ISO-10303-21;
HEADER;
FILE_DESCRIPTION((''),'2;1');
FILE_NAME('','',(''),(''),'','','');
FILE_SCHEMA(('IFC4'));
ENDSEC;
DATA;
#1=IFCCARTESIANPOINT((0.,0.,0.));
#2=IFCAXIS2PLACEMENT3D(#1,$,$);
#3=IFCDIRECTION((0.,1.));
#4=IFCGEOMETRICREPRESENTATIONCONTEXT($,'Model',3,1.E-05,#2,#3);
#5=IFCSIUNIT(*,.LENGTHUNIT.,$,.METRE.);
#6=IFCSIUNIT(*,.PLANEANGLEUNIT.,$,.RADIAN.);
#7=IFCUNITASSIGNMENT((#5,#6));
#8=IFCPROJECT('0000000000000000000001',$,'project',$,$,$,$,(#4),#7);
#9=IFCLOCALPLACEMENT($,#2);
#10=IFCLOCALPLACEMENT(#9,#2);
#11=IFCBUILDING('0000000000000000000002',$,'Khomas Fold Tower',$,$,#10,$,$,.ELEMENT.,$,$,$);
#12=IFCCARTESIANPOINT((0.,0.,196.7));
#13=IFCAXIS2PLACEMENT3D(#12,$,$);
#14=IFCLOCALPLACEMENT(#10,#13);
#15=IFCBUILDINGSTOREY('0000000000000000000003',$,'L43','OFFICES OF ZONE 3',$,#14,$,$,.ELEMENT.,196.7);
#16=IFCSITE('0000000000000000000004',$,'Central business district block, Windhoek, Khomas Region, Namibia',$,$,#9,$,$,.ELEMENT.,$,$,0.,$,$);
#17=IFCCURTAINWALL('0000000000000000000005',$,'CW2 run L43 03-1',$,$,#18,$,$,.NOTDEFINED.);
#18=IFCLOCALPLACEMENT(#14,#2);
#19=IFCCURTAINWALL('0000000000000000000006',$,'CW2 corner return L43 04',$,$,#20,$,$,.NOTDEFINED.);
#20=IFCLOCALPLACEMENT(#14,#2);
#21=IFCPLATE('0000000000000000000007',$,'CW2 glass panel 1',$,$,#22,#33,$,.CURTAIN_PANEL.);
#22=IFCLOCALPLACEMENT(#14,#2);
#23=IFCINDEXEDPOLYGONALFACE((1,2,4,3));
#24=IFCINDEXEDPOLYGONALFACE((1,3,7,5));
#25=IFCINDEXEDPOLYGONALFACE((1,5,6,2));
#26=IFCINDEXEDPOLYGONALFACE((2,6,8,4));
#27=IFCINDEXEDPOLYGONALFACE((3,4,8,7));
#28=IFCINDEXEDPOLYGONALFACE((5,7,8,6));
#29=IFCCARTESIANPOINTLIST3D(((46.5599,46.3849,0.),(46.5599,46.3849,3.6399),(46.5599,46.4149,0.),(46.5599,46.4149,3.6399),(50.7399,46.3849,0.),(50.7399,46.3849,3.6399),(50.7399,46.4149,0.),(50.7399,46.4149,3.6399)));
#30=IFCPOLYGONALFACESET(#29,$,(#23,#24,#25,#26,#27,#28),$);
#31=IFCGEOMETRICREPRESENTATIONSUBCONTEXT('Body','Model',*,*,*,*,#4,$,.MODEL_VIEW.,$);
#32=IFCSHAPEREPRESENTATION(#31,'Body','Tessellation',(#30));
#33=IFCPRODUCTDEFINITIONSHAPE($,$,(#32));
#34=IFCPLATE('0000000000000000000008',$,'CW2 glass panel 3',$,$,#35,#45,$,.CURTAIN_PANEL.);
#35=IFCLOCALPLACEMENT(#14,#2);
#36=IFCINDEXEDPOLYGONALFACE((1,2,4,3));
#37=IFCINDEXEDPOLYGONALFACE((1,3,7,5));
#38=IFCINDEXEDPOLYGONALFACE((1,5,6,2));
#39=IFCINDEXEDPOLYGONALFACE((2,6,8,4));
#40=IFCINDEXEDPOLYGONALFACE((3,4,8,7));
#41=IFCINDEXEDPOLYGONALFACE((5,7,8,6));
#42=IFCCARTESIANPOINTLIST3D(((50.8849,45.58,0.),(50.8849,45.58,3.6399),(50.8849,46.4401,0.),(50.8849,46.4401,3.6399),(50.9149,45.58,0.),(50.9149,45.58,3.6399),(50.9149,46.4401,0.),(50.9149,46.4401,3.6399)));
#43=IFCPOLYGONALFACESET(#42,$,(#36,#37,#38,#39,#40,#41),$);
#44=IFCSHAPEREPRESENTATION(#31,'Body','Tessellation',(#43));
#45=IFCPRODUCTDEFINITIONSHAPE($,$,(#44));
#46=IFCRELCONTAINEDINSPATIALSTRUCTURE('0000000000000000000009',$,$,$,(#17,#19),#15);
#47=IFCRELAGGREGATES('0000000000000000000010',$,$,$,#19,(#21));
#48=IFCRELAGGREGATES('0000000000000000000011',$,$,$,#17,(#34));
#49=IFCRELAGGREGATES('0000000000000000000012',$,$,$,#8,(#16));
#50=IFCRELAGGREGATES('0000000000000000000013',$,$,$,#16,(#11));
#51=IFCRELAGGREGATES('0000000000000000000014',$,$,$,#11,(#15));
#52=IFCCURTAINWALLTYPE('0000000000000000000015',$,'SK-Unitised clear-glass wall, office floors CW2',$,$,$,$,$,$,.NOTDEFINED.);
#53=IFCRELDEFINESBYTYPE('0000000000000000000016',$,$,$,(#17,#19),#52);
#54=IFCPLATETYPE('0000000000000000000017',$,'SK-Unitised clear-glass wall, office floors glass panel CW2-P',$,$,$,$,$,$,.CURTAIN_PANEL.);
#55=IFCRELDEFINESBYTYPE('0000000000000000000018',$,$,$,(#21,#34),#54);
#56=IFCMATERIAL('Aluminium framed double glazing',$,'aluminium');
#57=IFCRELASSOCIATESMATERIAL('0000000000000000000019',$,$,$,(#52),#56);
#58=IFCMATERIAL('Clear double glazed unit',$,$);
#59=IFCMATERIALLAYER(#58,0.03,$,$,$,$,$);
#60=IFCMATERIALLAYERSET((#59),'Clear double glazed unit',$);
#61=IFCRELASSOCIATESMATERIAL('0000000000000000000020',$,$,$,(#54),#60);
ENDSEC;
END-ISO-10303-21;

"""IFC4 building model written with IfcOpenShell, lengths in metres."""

from ifc_helpers import new_model, si_unit, direction, frame, origin, origin_2d, place, context, subcontext, project, spatial, rectangle, extrude, source, transform, mapped, material, layer, layer_set, type_object, element, aggregate, save


model = new_model("IFC4")

# Units and contexts
model_context = context("Model", 3, precision=1e-05, world=origin(), true_north=direction((0.0, 1.0)))
body_context = subcontext(model_context, "Body", "Model", "MODEL_VIEW")
ifc_project = project(units=[si_unit("LENGTHUNIT", "METRE"), si_unit("PLANEANGLEUNIT", "RADIAN")], contexts=[model_context])

# Site, building, storey
site_placement = place(None, origin())
site = spatial("IfcSite", under=ifc_project, at=site_placement, Name="Central business district block, Windhoek, Khomas Region, Namibia", CompositionType="ELEMENT", RefElevation=0.0)
building_placement = place(site_placement, origin())
building = spatial("IfcBuilding", under=site, at=building_placement, Name="Khomas Fold Tower", CompositionType="ELEMENT")
storey_placement = place(building_placement, frame((0.0, 0.0, 196.7)))
storey = spatial("IfcBuildingStorey", under=building, at=storey_placement, Name="L43", Description="OFFICES OF ZONE 3", CompositionType="ELEMENT", Elevation=196.7)

# Curtain walls
ifc_material_1 = material(Name="Aluminium framed double glazing", Category="aluminium")
curtain_wall_type = type_object("IfcCurtainWallType", Name="SK-Unitised clear-glass wall, office floors CW2", PredefinedType="NOTDEFINED", material=ifc_material_1)
curtain_wall_1_placement = place(storey_placement, origin())
curtain_wall_1 = element("IfcCurtainWall", 1, at=curtain_wall_1_placement, inside=storey, type_object=curtain_wall_type, Name="CW2 run L43 03-1", PredefinedType="NOTDEFINED")
curtain_wall_2_placement = place(storey_placement, origin())
curtain_wall_2 = element("IfcCurtainWall", 2, at=curtain_wall_2_placement, inside=storey, type_object=curtain_wall_type, Name="CW2 corner return L43 04", PredefinedType="NOTDEFINED")

# Plates
ifc_material_2 = material(Name="Clear double glazed unit")
ifc_layer = layer(ifc_material_2, 0.03)
ifc_layer_set = layer_set([ifc_layer], Name="Clear double glazed unit")
plate_type = type_object("IfcPlateType", Name="SK-Unitised clear-glass wall, office floors glass panel CW2-P", PredefinedType="CURTAIN_PANEL", material=ifc_layer_set)
shared_shape_1 = source(origin(), body_context, "Body", "SweptSolid", [
    extrude(rectangle(XDim=4.1799, YDim=0.03, at=origin_2d()), origin(), (0.0, 0.0, 1.0), 3.6399),
])
plate_1_placement = place(storey_placement, frame((48.6499, 46.3999, 0.0), z_axis=(0.0, 0.0, 1.0), x_axis=(-1.0, 0.0, 0.0)))
plate_1 = element("IfcPlate", 3, at=plate_1_placement, type_object=plate_type, Name="CW2 glass panel 1", PredefinedType="CURTAIN_PANEL", context=body_context, shape_type="MappedRepresentation", body=[
    mapped(shared_shape_1, transform((0.0, 0.0, 0.0))),
])
aggregate(curtain_wall_2, [plate_1])
shared_shape_2 = source(origin(), body_context, "Body", "SweptSolid", [
    extrude(rectangle(XDim=0.8601, YDim=0.03, at=origin_2d()), origin(), (0.0, 0.0, 1.0), 3.6399),
])
plate_2_placement = place(storey_placement, frame((50.8999, 46.01, 0.0), z_axis=(0.0, 0.0, 1.0), x_axis=(0.0, 1.0, 0.0)))
plate_2 = element("IfcPlate", 4, at=plate_2_placement, type_object=plate_type, Name="CW2 glass panel 3", PredefinedType="CURTAIN_PANEL", context=body_context, shape_type="MappedRepresentation", body=[
    mapped(shared_shape_2, transform((0.0, 0.0, 0.0))),
])
aggregate(curtain_wall_1, [plate_2])

save(model, "model.ifc")
